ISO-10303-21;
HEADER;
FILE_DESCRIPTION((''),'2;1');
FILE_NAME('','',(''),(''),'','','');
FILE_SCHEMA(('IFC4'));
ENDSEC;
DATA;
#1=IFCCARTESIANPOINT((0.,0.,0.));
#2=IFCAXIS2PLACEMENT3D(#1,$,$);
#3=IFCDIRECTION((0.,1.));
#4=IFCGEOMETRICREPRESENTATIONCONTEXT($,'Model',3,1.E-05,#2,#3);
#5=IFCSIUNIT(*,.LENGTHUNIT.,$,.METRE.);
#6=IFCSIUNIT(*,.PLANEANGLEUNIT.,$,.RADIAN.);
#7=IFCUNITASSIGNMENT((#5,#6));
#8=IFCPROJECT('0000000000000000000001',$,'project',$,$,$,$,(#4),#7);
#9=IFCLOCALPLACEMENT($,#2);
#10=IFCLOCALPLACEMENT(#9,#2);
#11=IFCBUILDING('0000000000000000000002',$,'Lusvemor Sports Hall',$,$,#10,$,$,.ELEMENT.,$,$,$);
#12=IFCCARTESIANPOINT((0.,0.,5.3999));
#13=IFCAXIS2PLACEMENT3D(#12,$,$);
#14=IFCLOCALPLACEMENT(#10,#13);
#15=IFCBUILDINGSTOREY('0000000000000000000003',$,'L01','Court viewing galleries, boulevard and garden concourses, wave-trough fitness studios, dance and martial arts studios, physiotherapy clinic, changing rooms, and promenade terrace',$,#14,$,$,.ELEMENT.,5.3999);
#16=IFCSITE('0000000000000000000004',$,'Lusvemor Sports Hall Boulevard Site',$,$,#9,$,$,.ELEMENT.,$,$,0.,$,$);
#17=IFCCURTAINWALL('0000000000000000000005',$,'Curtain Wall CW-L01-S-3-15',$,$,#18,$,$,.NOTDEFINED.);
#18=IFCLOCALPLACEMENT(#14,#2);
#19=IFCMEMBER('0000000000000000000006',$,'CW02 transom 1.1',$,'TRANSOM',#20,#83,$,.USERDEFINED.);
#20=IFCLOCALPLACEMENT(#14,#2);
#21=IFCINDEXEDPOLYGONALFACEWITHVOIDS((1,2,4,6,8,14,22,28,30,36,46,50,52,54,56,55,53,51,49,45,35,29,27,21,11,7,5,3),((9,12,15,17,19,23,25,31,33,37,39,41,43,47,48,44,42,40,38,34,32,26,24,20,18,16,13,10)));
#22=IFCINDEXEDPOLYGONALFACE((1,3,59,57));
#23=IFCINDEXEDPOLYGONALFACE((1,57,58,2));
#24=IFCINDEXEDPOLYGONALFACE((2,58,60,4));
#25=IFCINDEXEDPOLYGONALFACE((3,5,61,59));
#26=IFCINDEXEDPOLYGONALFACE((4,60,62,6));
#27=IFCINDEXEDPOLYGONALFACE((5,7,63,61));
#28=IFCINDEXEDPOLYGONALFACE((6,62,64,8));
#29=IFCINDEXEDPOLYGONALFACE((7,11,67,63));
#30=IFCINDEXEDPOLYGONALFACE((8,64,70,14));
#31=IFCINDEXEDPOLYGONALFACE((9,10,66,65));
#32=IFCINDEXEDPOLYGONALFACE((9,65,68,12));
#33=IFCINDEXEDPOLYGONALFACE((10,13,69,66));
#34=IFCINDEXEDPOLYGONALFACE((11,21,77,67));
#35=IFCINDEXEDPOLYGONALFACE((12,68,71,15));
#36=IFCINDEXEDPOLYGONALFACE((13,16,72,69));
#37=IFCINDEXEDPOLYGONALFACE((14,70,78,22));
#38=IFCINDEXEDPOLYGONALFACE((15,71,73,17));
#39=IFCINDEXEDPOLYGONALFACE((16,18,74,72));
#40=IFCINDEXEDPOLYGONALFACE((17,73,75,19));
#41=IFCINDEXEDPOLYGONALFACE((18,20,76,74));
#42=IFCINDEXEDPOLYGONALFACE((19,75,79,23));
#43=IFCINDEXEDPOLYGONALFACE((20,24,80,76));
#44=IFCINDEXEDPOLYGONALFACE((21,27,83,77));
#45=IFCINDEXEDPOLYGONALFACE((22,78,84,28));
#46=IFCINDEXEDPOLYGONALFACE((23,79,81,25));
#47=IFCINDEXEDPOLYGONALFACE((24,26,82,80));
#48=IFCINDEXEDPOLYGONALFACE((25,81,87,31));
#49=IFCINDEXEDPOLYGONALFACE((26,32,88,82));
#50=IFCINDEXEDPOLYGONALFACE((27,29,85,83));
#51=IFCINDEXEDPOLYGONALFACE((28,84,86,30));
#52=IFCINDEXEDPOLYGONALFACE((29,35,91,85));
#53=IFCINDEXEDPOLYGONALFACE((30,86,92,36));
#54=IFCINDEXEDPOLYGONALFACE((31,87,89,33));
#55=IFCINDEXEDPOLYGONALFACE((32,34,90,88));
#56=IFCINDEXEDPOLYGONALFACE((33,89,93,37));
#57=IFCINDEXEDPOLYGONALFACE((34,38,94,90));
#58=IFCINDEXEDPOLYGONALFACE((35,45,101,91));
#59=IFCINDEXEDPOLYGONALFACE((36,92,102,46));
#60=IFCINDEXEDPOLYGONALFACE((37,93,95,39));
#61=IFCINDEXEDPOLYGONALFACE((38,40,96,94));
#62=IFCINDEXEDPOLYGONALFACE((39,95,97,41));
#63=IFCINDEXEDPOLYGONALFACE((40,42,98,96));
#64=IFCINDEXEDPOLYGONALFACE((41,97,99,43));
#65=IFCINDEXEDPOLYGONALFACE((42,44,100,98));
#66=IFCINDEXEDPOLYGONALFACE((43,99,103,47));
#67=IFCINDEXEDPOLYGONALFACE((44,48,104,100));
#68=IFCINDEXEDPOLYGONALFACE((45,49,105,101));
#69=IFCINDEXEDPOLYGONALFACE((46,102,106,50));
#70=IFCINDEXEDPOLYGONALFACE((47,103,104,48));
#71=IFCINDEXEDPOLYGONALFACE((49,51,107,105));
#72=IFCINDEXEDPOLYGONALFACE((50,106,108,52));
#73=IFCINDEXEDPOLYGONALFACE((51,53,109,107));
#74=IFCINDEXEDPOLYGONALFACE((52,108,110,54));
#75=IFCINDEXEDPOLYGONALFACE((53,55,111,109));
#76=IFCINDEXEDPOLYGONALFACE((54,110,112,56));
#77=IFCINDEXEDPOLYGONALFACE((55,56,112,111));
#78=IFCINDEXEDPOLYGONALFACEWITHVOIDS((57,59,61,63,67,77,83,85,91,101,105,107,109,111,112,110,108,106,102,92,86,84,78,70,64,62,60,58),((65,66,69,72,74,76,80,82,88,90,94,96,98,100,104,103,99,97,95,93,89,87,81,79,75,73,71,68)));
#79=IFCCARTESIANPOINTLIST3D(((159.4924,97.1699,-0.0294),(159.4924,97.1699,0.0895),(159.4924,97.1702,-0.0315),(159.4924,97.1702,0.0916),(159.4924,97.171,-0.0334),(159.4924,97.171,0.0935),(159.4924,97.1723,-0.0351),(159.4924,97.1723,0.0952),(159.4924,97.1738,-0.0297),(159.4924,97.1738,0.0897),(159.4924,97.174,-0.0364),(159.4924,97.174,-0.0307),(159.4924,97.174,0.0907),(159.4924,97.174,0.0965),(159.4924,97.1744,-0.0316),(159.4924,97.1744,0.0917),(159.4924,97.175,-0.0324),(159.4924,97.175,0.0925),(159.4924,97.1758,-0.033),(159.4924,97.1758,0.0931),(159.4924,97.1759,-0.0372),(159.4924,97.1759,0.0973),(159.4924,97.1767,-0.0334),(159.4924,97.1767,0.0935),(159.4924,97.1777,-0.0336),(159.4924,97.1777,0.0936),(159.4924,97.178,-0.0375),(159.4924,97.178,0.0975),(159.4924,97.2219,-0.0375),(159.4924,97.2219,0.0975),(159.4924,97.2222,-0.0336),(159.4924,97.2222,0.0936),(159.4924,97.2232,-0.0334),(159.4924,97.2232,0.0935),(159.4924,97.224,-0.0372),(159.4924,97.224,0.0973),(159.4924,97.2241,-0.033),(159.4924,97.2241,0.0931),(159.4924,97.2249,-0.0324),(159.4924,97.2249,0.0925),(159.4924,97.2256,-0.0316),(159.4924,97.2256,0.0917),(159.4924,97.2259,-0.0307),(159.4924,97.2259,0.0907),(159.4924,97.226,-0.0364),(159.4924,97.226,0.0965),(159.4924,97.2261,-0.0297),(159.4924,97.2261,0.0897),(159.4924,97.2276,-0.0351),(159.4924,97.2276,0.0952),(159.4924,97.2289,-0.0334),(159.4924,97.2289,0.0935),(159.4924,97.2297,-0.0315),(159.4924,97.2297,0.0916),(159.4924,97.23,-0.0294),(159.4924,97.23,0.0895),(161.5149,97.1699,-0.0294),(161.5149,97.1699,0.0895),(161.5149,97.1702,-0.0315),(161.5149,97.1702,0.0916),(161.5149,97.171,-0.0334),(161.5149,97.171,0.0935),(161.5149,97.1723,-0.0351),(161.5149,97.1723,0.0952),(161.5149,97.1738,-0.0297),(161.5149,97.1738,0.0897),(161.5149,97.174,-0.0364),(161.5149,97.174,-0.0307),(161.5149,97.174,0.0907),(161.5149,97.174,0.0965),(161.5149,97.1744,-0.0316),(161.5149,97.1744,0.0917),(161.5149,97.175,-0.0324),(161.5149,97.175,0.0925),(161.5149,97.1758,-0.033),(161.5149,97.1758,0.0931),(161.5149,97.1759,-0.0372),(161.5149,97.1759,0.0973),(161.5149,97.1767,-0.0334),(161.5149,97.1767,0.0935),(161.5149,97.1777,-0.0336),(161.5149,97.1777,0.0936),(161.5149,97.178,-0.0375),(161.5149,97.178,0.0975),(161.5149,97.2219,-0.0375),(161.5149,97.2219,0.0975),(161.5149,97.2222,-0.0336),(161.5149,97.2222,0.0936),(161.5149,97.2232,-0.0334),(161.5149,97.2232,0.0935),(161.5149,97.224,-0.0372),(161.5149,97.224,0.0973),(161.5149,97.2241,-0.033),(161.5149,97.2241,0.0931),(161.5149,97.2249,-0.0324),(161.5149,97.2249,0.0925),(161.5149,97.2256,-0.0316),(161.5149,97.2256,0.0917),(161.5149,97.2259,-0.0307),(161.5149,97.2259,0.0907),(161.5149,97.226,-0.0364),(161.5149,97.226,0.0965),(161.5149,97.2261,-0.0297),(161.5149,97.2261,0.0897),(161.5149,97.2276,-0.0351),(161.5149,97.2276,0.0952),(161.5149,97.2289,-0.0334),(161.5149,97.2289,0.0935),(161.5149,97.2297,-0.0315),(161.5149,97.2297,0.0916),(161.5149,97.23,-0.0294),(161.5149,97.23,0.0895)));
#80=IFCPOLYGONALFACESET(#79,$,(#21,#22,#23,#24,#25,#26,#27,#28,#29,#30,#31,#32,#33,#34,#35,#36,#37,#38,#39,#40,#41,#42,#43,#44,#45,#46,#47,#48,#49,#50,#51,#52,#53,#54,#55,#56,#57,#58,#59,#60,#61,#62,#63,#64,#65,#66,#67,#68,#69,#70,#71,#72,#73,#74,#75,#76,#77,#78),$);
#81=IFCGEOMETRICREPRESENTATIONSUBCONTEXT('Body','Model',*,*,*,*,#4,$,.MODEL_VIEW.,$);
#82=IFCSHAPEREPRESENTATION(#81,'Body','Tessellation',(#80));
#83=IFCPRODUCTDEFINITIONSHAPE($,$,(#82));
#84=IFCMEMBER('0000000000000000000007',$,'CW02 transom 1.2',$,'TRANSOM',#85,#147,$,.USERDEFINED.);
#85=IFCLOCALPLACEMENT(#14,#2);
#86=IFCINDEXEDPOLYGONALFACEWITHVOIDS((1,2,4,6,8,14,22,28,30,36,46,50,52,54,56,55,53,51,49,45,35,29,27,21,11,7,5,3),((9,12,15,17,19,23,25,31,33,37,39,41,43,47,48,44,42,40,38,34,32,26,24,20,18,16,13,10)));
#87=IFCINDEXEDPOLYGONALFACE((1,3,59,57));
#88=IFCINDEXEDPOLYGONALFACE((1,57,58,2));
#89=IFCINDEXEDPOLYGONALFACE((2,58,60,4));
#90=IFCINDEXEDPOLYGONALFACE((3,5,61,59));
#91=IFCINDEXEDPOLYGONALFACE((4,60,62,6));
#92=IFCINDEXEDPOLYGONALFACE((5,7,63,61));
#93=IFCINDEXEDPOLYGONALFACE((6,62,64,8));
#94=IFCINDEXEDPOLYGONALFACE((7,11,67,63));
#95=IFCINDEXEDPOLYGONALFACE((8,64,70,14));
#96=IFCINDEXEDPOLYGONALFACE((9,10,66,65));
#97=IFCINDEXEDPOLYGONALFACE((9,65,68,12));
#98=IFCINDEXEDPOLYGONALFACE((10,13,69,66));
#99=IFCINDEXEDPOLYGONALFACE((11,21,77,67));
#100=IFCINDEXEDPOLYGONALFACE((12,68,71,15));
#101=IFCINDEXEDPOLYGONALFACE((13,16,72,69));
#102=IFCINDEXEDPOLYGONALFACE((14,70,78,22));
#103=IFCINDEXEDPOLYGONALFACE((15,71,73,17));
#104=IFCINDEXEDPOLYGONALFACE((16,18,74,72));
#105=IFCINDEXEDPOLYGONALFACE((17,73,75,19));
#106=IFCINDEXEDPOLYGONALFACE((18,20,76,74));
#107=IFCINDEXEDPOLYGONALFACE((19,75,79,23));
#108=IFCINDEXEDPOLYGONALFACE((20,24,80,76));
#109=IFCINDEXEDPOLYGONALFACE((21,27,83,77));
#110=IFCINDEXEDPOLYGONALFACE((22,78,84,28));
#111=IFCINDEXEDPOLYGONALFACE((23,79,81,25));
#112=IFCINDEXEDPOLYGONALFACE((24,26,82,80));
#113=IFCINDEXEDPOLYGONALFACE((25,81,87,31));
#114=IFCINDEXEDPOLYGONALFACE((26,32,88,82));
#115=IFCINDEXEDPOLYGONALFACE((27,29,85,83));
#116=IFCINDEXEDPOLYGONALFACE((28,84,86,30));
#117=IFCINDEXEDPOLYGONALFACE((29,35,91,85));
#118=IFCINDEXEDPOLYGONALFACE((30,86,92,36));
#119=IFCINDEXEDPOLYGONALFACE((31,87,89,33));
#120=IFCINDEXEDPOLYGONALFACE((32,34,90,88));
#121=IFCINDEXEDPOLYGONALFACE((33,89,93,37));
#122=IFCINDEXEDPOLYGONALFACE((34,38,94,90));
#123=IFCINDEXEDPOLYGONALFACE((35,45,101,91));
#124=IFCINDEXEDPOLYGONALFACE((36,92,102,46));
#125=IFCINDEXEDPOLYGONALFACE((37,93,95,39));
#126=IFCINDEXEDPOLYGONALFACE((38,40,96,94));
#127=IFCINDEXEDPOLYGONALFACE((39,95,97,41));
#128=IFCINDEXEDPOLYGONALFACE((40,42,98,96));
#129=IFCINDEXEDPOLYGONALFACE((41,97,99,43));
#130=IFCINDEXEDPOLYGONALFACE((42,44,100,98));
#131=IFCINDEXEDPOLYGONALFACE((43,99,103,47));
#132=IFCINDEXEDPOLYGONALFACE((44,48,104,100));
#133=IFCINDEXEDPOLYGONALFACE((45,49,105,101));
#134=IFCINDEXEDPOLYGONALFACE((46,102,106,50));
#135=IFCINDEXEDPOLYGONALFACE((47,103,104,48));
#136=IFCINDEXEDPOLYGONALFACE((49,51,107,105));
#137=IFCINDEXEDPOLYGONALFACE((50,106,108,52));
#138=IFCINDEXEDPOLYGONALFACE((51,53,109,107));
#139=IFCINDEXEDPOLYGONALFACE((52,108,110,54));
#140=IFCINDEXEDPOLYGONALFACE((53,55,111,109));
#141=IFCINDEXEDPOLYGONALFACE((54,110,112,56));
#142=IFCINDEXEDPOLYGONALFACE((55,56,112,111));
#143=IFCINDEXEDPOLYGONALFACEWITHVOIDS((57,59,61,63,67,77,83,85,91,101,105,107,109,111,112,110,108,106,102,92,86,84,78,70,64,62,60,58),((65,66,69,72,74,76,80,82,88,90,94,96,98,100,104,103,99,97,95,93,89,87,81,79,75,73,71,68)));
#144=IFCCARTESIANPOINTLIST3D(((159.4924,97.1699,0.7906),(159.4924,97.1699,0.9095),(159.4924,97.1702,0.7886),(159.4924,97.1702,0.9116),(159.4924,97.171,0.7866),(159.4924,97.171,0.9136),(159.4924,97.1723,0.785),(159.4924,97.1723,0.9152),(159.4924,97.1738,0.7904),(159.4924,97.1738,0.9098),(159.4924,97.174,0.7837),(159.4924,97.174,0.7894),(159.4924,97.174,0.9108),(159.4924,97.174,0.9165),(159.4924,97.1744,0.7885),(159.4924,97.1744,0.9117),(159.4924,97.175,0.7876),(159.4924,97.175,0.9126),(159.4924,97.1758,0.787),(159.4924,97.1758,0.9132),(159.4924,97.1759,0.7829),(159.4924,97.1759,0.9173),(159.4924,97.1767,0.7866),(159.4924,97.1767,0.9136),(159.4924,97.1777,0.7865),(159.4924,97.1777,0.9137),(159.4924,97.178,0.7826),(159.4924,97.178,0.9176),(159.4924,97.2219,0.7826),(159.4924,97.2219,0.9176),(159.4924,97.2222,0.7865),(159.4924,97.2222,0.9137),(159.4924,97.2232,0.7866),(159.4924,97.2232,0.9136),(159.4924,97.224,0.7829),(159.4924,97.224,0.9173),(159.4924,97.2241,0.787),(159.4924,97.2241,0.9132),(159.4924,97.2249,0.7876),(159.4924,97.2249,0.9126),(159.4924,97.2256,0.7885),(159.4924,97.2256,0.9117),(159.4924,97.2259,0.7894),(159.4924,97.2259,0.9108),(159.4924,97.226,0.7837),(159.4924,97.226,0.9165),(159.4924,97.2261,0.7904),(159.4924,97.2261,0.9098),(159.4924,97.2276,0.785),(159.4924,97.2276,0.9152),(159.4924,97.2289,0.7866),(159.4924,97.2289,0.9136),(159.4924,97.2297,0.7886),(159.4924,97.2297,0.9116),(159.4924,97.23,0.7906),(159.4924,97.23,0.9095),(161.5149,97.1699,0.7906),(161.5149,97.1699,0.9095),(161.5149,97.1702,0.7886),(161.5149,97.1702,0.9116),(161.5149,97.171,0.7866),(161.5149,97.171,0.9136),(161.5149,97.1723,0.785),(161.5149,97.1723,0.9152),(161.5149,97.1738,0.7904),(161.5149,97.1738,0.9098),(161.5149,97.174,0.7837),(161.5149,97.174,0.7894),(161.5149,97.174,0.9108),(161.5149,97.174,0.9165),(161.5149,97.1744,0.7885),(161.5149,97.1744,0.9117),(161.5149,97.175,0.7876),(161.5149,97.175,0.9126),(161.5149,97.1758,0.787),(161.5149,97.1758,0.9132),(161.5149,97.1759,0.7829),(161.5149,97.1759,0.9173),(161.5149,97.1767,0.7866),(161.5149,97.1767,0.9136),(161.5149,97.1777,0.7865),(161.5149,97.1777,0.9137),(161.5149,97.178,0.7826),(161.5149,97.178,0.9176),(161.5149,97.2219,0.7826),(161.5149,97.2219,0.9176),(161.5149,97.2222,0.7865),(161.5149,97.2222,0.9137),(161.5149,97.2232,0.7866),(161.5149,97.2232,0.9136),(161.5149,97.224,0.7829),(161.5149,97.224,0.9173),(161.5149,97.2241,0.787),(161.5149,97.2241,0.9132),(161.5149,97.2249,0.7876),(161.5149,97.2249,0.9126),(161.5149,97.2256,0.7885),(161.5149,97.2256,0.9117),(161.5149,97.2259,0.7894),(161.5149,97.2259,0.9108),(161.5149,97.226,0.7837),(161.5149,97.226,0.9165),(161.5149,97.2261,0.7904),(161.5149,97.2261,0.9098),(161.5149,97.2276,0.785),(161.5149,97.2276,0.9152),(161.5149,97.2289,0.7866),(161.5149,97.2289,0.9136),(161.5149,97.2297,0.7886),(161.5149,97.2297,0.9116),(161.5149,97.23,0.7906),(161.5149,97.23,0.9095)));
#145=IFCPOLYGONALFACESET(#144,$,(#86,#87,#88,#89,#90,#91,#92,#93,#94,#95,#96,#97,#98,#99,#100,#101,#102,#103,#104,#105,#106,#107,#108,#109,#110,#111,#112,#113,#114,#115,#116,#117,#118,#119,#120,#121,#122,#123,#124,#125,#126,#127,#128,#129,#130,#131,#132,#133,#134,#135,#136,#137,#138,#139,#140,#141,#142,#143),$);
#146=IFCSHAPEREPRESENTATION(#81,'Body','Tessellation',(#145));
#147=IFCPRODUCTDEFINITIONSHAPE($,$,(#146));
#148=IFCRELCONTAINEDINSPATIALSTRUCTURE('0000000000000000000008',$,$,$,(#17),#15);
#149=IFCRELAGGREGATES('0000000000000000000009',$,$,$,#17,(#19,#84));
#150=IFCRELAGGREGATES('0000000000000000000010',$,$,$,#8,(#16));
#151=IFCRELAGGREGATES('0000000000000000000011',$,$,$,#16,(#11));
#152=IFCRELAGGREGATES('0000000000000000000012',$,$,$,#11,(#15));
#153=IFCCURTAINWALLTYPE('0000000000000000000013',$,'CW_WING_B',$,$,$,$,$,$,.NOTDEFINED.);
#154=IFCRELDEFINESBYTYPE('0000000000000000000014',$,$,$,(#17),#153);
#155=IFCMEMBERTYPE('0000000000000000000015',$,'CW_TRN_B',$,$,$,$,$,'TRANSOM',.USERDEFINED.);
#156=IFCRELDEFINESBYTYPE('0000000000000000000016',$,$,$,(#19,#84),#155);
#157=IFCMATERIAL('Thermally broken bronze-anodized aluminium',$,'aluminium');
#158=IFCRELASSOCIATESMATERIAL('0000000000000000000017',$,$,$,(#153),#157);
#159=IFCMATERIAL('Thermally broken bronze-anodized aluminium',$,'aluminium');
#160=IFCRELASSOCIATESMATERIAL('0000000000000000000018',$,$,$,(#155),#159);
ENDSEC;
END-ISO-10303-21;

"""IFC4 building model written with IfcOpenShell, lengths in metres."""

from ifc_helpers import new_model, si_unit, direction, frame, origin, origin_2d, place, context, subcontext, project, spatial, hollow_rectangle, extrude, material, material_profile, profile_set, type_object, element, aggregate, save


model = new_model("IFC4")

# Units and contexts
model_context = context("Model", 3, precision=1e-05, world=origin(), true_north=direction((0.0, 1.0)))
body_context = subcontext(model_context, "Body", "Model", "MODEL_VIEW")
ifc_project = project(units=[si_unit("LENGTHUNIT", "METRE"), si_unit("PLANEANGLEUNIT", "RADIAN")], contexts=[model_context])

# Site, building, storey
site_placement = place(None, origin())
site = spatial("IfcSite", under=ifc_project, at=site_placement, Name="Lusvemor Sports Hall Boulevard Site", CompositionType="ELEMENT", RefElevation=0.0)
building_placement = place(site_placement, origin())
building = spatial("IfcBuilding", under=site, at=building_placement, Name="Lusvemor Sports Hall", CompositionType="ELEMENT")
storey_placement = place(building_placement, frame((0.0, 0.0, 5.3999)))
storey = spatial("IfcBuildingStorey", under=building, at=storey_placement, Name="L01", Description="Court viewing galleries, boulevard and garden concourses, wave-trough fitness studios, dance and martial arts studios, physiotherapy clinic, changing rooms, and promenade terrace", CompositionType="ELEMENT", Elevation=5.3999)

# Curtain wall
ifc_material_1 = material(Name="Thermally broken bronze-anodized aluminium", Category="aluminium")
curtain_wall_type = type_object("IfcCurtainWallType", Name="CW_WING_B", PredefinedType="NOTDEFINED", material=ifc_material_1)
curtain_wall_1_placement = place(storey_placement, origin())
curtain_wall_1 = element("IfcCurtainWall", 1, at=curtain_wall_1_placement, inside=storey, type_object=curtain_wall_type, Name="Curtain Wall CW-L01-S-3-15", PredefinedType="NOTDEFINED")

# Members
ifc_material_2 = material(Name="Thermally broken bronze-anodized aluminium", Category="aluminium")
ifc_material_profile_1 = material_profile(ifc_material_2, hollow_rectangle(XDim=0.0601, YDim=0.135, WallThickness=0.0039, InnerFilletRadius=0.0039, OuterFilletRadius=0.0081, at=origin_2d()), Name="CWTRN135x60x4")
ifc_profile_set_1 = profile_set([ifc_material_profile_1], Name="Thermally broken bronze-anodized aluminium")
member_type_1 = type_object("IfcMemberType", Name="CW_TRN_B", ElementType="TRANSOM", PredefinedType="USERDEFINED", material=ifc_profile_set_1)
member_1_placement = place(storey_placement, frame((161.5149, 97.2, 0.03), z_axis=(-1.0, 0.0, 0.0), x_axis=(0.0, -1.0, 0.0)))
member_1 = element("IfcMember", 2, at=member_1_placement, type_object=member_type_1, Name="CW02 transom 1.1", ObjectType="TRANSOM", PredefinedType="USERDEFINED", context=body_context, shape_type="SweptSolid", body=[
    extrude(hollow_rectangle(XDim=0.0601, YDim=0.135, WallThickness=0.0039, InnerFilletRadius=0.0039, OuterFilletRadius=0.0081, at=origin_2d()), origin(), (0.0, 0.0, 1.0), 2.0225),
])
member_2_placement = place(storey_placement, frame((161.5149, 97.2, 0.8501), z_axis=(-1.0, 0.0, 0.0), x_axis=(0.0, -1.0, 0.0)))
member_2 = element("IfcMember", 3, at=member_2_placement, type_object=member_type_1, Name="CW02 transom 1.2", ObjectType="TRANSOM", PredefinedType="USERDEFINED", context=body_context, shape_type="SweptSolid", body=[
    extrude(hollow_rectangle(XDim=0.0601, YDim=0.135, WallThickness=0.0039, InnerFilletRadius=0.0039, OuterFilletRadius=0.0081, at=origin_2d()), origin(), (0.0, 0.0, 1.0), 2.0225),
])

aggregate(curtain_wall_1, [member_1, member_2])

save(model, "model.ifc")
